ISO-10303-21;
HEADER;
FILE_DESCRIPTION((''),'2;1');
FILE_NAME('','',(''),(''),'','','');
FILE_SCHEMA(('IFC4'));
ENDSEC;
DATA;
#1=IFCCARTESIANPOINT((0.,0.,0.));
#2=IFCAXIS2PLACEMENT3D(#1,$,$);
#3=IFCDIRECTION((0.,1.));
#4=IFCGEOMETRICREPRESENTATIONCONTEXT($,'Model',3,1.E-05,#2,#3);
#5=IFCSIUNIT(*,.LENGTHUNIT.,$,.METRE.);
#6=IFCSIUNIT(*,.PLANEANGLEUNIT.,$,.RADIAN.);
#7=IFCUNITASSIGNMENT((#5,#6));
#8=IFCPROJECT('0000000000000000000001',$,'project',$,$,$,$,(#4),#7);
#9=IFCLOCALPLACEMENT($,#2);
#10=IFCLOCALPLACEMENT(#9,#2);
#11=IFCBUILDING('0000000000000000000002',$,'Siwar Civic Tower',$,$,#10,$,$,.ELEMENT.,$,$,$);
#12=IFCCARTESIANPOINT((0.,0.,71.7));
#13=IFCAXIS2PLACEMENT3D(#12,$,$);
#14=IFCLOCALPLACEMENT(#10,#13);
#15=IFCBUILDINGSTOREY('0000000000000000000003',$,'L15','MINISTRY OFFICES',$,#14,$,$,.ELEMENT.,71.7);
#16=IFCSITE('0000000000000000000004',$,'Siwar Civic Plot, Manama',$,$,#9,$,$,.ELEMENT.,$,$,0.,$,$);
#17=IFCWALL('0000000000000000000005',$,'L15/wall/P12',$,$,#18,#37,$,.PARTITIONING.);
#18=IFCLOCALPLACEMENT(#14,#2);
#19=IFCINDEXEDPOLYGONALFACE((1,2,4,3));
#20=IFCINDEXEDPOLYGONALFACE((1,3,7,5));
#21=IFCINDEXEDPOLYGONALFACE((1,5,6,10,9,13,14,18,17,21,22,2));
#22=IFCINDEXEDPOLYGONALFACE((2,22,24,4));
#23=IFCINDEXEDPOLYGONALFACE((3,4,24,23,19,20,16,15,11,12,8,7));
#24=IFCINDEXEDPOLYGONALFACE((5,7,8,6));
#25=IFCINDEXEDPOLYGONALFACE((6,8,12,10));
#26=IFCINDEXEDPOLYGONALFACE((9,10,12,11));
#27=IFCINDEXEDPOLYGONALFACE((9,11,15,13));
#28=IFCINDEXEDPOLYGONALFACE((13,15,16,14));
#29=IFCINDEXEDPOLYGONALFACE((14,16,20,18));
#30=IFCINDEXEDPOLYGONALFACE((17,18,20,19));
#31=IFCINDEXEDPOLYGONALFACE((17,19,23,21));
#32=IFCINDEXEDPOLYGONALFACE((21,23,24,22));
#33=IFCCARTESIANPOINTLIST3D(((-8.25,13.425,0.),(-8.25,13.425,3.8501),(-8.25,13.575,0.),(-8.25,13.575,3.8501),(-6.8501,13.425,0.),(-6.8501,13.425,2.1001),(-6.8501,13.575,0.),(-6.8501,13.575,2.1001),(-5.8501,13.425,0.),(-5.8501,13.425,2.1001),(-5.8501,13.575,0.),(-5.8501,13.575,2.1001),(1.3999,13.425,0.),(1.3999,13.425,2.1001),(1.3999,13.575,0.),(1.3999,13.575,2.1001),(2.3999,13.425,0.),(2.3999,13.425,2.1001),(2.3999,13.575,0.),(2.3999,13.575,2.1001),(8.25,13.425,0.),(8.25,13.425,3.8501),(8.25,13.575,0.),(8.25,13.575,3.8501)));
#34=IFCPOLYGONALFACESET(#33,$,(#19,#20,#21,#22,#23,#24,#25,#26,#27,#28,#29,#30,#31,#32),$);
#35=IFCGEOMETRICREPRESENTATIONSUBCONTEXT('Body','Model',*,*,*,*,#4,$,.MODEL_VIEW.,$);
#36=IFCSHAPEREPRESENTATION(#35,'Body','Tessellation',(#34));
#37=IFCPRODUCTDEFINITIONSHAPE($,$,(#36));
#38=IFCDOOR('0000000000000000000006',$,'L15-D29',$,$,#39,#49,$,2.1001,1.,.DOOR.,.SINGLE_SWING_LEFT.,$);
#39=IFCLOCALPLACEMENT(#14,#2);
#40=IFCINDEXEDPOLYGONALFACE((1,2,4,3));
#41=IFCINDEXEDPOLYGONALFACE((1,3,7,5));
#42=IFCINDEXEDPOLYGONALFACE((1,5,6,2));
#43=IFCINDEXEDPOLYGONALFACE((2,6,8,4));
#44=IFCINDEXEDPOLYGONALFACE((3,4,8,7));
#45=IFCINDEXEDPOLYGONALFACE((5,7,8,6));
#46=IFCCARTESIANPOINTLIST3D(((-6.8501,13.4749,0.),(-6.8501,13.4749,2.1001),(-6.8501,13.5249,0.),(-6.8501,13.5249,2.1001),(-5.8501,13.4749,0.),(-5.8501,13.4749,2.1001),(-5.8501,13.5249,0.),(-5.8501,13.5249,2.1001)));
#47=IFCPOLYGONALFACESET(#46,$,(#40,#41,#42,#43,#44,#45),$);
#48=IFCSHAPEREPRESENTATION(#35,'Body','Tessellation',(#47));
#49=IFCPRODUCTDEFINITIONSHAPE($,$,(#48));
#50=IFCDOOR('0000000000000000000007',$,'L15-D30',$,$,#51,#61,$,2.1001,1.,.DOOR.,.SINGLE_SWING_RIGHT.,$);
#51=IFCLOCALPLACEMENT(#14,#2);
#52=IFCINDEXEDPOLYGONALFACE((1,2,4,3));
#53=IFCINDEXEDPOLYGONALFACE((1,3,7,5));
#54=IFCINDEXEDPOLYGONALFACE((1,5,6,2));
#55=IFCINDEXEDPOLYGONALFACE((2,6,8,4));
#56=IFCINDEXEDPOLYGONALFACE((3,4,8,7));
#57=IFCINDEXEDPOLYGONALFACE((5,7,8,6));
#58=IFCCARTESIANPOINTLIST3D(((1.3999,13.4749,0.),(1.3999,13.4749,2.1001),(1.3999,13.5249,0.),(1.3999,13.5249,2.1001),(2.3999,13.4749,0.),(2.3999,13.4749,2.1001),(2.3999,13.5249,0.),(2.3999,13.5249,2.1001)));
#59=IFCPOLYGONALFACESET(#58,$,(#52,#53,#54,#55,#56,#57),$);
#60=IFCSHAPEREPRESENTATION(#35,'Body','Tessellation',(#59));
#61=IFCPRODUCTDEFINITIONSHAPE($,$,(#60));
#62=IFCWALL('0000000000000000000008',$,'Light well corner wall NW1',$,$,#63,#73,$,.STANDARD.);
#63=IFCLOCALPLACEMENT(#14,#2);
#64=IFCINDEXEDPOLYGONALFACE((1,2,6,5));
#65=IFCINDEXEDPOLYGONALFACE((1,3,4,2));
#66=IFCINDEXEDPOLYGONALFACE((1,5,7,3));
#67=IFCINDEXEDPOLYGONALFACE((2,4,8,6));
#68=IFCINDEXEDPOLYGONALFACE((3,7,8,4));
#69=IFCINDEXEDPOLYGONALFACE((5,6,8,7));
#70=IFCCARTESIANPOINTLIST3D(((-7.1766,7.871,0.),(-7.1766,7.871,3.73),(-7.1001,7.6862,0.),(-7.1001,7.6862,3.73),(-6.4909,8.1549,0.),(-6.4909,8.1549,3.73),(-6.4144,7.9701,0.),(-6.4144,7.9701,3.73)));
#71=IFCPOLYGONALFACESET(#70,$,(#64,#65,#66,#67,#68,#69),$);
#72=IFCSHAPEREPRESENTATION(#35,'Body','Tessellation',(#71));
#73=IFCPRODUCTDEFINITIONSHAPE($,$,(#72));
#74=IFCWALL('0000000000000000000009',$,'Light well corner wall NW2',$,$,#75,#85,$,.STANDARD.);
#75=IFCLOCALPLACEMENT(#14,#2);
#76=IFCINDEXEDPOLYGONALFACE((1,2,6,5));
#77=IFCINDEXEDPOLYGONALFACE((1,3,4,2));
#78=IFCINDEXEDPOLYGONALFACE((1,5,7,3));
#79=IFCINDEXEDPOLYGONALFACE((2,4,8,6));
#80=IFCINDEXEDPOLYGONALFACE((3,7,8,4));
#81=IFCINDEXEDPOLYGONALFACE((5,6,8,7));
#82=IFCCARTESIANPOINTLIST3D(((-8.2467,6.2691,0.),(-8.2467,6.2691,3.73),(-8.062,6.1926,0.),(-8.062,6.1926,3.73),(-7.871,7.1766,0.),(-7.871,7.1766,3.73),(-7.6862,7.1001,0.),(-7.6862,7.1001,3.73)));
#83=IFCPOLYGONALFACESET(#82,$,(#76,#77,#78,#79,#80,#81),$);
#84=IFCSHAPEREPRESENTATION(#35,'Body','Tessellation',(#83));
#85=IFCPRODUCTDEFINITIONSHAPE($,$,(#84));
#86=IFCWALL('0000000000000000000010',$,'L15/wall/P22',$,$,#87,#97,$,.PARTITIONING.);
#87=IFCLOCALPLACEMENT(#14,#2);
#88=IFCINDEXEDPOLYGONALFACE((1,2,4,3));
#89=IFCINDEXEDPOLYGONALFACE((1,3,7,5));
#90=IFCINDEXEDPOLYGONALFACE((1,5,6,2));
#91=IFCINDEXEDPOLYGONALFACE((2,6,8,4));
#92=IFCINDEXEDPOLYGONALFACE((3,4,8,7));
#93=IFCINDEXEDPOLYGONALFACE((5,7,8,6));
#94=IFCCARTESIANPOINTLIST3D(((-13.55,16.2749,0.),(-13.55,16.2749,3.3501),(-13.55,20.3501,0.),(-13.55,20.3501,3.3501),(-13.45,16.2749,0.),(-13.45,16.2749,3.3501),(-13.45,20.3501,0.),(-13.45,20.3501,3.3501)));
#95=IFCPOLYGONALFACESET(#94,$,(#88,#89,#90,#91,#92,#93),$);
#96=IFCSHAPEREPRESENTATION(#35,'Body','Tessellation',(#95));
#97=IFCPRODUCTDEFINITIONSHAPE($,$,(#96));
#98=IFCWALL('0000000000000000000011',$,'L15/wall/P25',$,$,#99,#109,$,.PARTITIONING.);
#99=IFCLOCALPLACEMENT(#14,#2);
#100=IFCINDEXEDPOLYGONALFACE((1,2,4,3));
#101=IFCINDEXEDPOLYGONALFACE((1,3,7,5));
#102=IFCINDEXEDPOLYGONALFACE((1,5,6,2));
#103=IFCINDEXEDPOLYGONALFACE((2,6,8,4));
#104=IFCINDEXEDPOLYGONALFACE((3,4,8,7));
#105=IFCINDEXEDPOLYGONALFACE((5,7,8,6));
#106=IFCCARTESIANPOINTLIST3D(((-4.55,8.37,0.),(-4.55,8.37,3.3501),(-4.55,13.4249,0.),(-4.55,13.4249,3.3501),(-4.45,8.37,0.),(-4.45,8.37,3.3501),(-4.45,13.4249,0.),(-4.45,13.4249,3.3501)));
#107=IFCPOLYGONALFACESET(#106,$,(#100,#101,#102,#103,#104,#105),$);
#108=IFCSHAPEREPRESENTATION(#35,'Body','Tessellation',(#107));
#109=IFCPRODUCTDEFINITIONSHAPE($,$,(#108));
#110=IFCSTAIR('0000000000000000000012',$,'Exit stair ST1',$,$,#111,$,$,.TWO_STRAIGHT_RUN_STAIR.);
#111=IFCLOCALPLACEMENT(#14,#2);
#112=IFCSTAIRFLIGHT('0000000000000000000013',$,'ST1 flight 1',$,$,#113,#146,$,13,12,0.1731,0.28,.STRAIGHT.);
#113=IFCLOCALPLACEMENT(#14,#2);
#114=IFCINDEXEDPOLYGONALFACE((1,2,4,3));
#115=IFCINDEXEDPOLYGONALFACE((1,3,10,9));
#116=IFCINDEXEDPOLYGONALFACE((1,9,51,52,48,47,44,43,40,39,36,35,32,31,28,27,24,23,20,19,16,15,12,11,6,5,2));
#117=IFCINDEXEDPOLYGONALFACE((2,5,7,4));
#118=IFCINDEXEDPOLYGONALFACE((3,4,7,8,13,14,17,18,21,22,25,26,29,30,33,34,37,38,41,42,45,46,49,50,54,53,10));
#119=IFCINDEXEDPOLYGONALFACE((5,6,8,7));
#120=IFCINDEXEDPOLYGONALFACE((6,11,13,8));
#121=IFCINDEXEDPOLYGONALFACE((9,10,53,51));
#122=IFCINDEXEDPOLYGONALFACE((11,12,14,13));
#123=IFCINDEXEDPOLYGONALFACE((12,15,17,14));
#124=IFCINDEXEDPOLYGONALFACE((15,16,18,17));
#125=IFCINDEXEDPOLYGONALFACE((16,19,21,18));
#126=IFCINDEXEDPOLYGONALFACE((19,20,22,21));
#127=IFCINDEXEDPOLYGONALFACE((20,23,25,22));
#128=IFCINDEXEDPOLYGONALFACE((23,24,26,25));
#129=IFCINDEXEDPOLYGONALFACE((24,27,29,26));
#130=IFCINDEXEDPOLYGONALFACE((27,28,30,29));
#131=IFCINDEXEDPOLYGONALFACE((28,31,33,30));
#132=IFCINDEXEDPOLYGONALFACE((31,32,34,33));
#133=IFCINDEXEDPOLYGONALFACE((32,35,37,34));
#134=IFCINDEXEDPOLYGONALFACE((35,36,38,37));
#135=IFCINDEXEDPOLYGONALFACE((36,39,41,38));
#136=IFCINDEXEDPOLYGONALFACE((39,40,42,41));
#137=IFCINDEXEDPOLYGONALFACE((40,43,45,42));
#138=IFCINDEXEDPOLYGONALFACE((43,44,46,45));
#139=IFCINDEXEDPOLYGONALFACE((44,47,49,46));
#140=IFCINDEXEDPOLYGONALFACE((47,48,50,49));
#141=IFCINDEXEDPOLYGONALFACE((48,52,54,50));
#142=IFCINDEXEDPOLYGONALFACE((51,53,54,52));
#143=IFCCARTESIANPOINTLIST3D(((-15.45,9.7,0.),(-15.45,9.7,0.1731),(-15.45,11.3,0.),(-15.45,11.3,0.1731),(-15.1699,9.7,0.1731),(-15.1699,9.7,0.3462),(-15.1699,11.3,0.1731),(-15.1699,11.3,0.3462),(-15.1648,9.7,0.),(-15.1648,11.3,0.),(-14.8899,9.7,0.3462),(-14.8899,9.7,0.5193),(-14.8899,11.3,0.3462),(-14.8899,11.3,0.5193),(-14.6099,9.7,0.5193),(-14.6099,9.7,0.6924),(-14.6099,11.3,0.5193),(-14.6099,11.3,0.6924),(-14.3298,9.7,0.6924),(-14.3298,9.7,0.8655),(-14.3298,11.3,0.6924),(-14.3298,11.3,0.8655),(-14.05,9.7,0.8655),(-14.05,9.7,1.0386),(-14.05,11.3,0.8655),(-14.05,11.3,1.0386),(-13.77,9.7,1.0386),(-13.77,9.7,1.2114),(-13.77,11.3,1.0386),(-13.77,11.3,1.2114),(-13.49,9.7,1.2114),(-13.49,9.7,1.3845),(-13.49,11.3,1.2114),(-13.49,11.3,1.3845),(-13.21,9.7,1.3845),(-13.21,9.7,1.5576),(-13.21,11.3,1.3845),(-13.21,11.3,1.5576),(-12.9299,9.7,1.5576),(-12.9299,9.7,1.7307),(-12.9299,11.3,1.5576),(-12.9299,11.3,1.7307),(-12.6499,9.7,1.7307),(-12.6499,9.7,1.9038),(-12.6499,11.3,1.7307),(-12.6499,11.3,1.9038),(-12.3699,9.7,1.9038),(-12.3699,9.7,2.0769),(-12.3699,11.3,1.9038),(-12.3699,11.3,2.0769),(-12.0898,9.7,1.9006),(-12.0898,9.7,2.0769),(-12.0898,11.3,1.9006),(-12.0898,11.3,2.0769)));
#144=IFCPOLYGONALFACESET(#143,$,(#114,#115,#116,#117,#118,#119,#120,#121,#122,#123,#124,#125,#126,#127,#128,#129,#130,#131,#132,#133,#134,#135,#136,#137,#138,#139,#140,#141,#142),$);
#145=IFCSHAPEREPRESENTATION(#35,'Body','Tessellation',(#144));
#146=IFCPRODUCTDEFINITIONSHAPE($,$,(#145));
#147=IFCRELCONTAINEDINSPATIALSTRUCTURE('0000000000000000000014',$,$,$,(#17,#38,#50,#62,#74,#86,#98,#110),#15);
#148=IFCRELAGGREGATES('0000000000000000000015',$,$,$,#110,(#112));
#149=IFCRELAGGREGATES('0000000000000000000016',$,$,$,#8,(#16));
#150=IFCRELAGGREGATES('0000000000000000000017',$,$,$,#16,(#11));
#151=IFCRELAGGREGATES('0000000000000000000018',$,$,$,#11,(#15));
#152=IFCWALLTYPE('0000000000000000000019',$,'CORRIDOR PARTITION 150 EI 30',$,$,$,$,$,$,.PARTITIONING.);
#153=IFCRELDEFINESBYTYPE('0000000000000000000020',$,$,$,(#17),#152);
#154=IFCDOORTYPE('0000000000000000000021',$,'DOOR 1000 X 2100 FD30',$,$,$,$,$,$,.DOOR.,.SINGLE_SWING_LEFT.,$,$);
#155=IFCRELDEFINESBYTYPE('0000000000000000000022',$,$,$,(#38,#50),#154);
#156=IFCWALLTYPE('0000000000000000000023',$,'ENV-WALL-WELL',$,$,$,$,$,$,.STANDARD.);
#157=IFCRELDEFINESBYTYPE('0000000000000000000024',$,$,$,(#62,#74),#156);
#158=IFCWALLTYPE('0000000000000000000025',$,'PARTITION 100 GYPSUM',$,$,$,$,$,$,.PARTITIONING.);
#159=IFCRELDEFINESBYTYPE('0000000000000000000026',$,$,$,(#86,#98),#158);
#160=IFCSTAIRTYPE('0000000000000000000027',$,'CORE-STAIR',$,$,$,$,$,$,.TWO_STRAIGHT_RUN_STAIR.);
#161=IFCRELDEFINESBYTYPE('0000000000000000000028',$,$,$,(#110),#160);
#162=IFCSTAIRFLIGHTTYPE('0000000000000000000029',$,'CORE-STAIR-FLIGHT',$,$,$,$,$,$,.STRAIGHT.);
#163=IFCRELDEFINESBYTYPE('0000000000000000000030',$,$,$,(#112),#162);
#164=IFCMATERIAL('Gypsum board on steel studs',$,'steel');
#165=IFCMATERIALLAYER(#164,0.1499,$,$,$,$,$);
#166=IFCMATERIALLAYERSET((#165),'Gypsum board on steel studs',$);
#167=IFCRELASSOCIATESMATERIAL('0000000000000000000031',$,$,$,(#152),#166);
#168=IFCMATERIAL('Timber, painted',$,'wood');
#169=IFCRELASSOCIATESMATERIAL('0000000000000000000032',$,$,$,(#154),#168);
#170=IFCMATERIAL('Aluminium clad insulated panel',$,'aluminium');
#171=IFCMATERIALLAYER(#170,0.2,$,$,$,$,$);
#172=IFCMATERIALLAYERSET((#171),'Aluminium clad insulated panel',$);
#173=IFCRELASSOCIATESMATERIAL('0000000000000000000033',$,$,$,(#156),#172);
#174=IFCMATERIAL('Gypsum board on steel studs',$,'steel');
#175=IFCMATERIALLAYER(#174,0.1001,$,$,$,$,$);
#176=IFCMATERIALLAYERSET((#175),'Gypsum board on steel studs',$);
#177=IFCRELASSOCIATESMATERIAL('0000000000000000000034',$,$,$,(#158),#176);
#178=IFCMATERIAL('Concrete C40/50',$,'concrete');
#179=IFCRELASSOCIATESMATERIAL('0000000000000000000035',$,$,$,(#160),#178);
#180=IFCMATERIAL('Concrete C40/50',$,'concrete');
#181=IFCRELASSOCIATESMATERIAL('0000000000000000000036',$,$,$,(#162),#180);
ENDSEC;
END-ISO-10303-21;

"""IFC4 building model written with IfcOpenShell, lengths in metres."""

from ifc_helpers import new_model, si_unit, direction, frame, frame_2d, origin, place, context, subcontext, project, spatial, polyline, rectangle, outline, extrude, material, layer, layer_set, type_object, element, fill, aggregate, save


model = new_model("IFC4")

# Units and contexts
model_context = context("Model", 3, precision=1e-05, world=origin(), true_north=direction((0.0, 1.0)))
body_context = subcontext(model_context, "Body", "Model", "MODEL_VIEW")
ifc_project = project(units=[si_unit("LENGTHUNIT", "METRE"), si_unit("PLANEANGLEUNIT", "RADIAN")], contexts=[model_context])

# Site, building, storey
site_placement = place(None, origin())
site = spatial("IfcSite", under=ifc_project, at=site_placement, Name="Siwar Civic Plot, Manama", CompositionType="ELEMENT", RefElevation=0.0)
building_placement = place(site_placement, origin())
building = spatial("IfcBuilding", under=site, at=building_placement, Name="Siwar Civic Tower", CompositionType="ELEMENT")
storey_placement = place(building_placement, frame((0.0, 0.0, 71.7)))
storey = spatial("IfcBuildingStorey", under=building, at=storey_placement, Name="L15", Description="MINISTRY OFFICES", CompositionType="ELEMENT", Elevation=71.7)

# Wall, openings, doors
ifc_material_1 = material(Name="Gypsum board on steel studs", Category="steel")
ifc_layer_1 = layer(ifc_material_1, 0.1499)
ifc_layer_set_1 = layer_set([ifc_layer_1], Name="Gypsum board on steel studs")
wall_type_1 = type_object("IfcWallType", Name="CORRIDOR PARTITION 150 EI 30", PredefinedType="PARTITIONING", material=ifc_layer_set_1)
wall_1_placement = place(storey_placement, frame((-8.25, 13.5, 0.0), z_axis=(0.0, 0.0, 1.0), x_axis=(1.0, 0.0, 0.0)))
wall_1 = element("IfcWall", 1, at=wall_1_placement, inside=storey, type_object=wall_type_1, Name="L15/wall/P12", PredefinedType="PARTITIONING", context=body_context, shape_type="SweptSolid", body=[
    extrude(rectangle(XDim=16.5, YDim=0.1499, at=frame_2d((8.25, 0.0))), origin(), (0.0, 0.0, 1.0), 3.8501),
])
opening_1_placement = place(wall_1_placement, frame((1.3999, 0.0, 0.0)))
opening_1 = element("IfcOpeningElement", 2, at=opening_1_placement, cuts=wall_1, PredefinedType="OPENING", context=body_context, shape_type="SweptSolid", body=[
    extrude(rectangle(XDim=1.0, YDim=2.1001, at=frame_2d((0.5, 1.05))), frame((0.0, 0.085, 0.0), z_axis=(0.0, -1.0, 0.0), x_axis=(1.0, 0.0, 0.0)), (0.0, 0.0, 1.0), 0.1699),
])
opening_2_placement = place(wall_1_placement, frame((9.6499, 0.0, 0.0)))
opening_2 = element("IfcOpeningElement", 3, at=opening_2_placement, cuts=wall_1, PredefinedType="OPENING", context=body_context, shape_type="SweptSolid", body=[
    extrude(rectangle(XDim=1.0, YDim=2.1001, at=frame_2d((0.5, 1.05))), frame((0.0, 0.085, 0.0), z_axis=(0.0, -1.0, 0.0), x_axis=(1.0, 0.0, 0.0)), (0.0, 0.0, 1.0), 0.1699),
])
ifc_material_2 = material(Name="Timber, painted", Category="wood")
door_type_1 = type_object("IfcDoorType", Name="DOOR 1000 X 2100 FD30", OperationType="SINGLE_SWING_LEFT", PredefinedType="DOOR", material=ifc_material_2)
door_1_placement = place(opening_1_placement, origin())
door_1 = element("IfcDoor", 4, at=door_1_placement, inside=storey, type_object=door_type_1, Name="L15-D29", OperationType="SINGLE_SWING_LEFT", OverallHeight=2.1001, OverallWidth=1.0, PredefinedType="DOOR", context=body_context, shape_type="SweptSolid", body=[
    extrude(rectangle(XDim=1.0, YDim=2.1001, at=frame_2d((0.5, 1.05))), frame((0.0, 0.0249, 0.0), z_axis=(0.0, -1.0, 0.0), x_axis=(1.0, 0.0, 0.0)), (0.0, 0.0, 1.0), 0.05),
])
fill(opening_1, door_1)
door_2_placement = place(opening_2_placement, origin())
door_2 = element("IfcDoor", 5, at=door_2_placement, inside=storey, type_object=door_type_1, Name="L15-D30", OperationType="SINGLE_SWING_RIGHT", OverallHeight=2.1001, OverallWidth=1.0, PredefinedType="DOOR", context=body_context, shape_type="SweptSolid", body=[
    extrude(rectangle(XDim=1.0, YDim=2.1001, at=frame_2d((0.5, 1.05))), frame((0.0, 0.0249, 0.0), z_axis=(0.0, -1.0, 0.0), x_axis=(1.0, 0.0, 0.0)), (0.0, 0.0, 1.0), 0.05),
])
fill(opening_2, door_2)

# Walls
ifc_material_3 = material(Name="Aluminium clad insulated panel", Category="aluminium")
ifc_layer_2 = layer(ifc_material_3, 0.2)
ifc_layer_set_2 = layer_set([ifc_layer_2], Name="Aluminium clad insulated panel")
wall_type_2 = type_object("IfcWallType", Name="ENV-WALL-WELL", PredefinedType="STANDARD", material=ifc_layer_set_2)
wall_2_placement = place(storey_placement, frame((-6.4526, 8.0625, 0.0), z_axis=(0.0, 0.0, 1.0), x_axis=(-0.923941, -0.382536, 0.0)))
element("IfcWall", 6, at=wall_2_placement, inside=storey, type_object=wall_type_2, Name="Light well corner wall NW1", PredefinedType="STANDARD", context=body_context, shape_type="SweptSolid", body=[
    extrude(rectangle(XDim=0.7422, YDim=0.2, at=frame_2d((0.3711, 0.0))), origin(), (0.0, 0.0, 1.0), 3.73),
])
wall_3_placement = place(storey_placement, frame((-7.7786, 7.1384, 0.0), z_axis=(0.0, 0.0, 1.0), x_axis=(-0.382549, -0.923935, 0.0)))
element("IfcWall", 7, at=wall_3_placement, inside=storey, type_object=wall_type_2, Name="Light well corner wall NW2", PredefinedType="STANDARD", context=body_context, shape_type="SweptSolid", body=[
    extrude(rectangle(XDim=0.9822, YDim=0.2, at=frame_2d((0.4912, 0.0))), origin(), (0.0, 0.0, 1.0), 3.73),
])
ifc_material_4 = material(Name="Gypsum board on steel studs", Category="steel")
ifc_layer_3 = layer(ifc_material_4, 0.1001)
ifc_layer_set_3 = layer_set([ifc_layer_3], Name="Gypsum board on steel studs")
wall_type_3 = type_object("IfcWallType", Name="PARTITION 100 GYPSUM", PredefinedType="PARTITIONING", material=ifc_layer_set_3)
wall_4_placement = place(storey_placement, frame((-13.5, 16.2749, 0.0), z_axis=(0.0, 0.0, 1.0), x_axis=(0.0, 1.0, 0.0)))
element("IfcWall", 8, at=wall_4_placement, inside=storey, type_object=wall_type_3, Name="L15/wall/P22", PredefinedType="PARTITIONING", context=body_context, shape_type="SweptSolid", body=[
    extrude(rectangle(XDim=4.0752, YDim=0.1001, at=frame_2d((2.0376, 0.0))), origin(), (0.0, 0.0, 1.0), 3.3501),
])
wall_5_placement = place(storey_placement, frame((-4.5, 8.3701, 0.0), z_axis=(0.0, 0.0, 1.0), x_axis=(0.0, 1.0, 0.0)))
element("IfcWall", 9, at=wall_5_placement, inside=storey, type_object=wall_type_3, Name="L15/wall/P25", PredefinedType="PARTITIONING", context=body_context, shape_type="SweptSolid", body=[
    extrude(rectangle(XDim=5.0549, YDim=0.1001, at=frame_2d((2.5273, 0.0))), origin(), (0.0, 0.0, 1.0), 3.3501),
])

# Stair, stair flight
ifc_material_5 = material(Name="Concrete C40/50", Category="concrete")
stair_type = type_object("IfcStairType", Name="CORE-STAIR", PredefinedType="TWO_STRAIGHT_RUN_STAIR", material=ifc_material_5)
stair_placement = place(storey_placement, origin())
stair = element("IfcStair", 10, at=stair_placement, inside=storey, type_object=stair_type, Name="Exit stair ST1", PredefinedType="TWO_STRAIGHT_RUN_STAIR")
ifc_material_6 = material(Name="Concrete C40/50", Category="concrete")
stair_flight_type = type_object("IfcStairFlightType", Name="CORE-STAIR-FLIGHT", PredefinedType="STRAIGHT", material=ifc_material_6)
stair_flight_1_placement = place(storey_placement, frame((-15.45, 10.5, 0.0), z_axis=(0.0, 0.0, 1.0), x_axis=(1.0, 0.0, 0.0)))
stair_flight_1 = element("IfcStairFlight", 11, at=stair_flight_1_placement, type_object=stair_flight_type, Name="ST1 flight 1", NumberOfRisers=13, NumberOfTreads=12, PredefinedType="STRAIGHT", RiserHeight=0.1731, TreadLength=0.28, context=body_context, shape_type="SweptSolid", body=[
    extrude(outline(polyline([(0.0, 0.0), (0.0, 0.1731), (0.28, 0.1731), (0.28, 0.3462), (0.5601, 0.3462), (0.5601, 0.5193), (0.8401, 0.5193), (0.8401, 0.6924), (1.1201, 0.6924), (1.1201, 0.8655), (1.3999, 0.8655), (1.3999, 1.0386), (1.6799, 1.0386), (1.6799, 1.2114), (1.96, 1.2114), (1.96, 1.3845), (2.24, 1.3845), (2.24, 1.5576), (2.52, 1.5576), (2.52, 1.7307), (2.8, 1.7307), (2.8, 1.9038), (3.0801, 1.9038), (3.0801, 2.0769), (3.3601, 2.0769), (3.3601, 2.25), (3.3601, 1.9006), (0.2852, 0.0), (0.0, 0.0)])), frame((0.0, 0.8, 0.0), z_axis=(0.0, -1.0, 0.0), x_axis=(1.0, 0.0, 0.0)), (0.0, 0.0, 1.0), 1.6001),
])
aggregate(stair, [stair_flight_1])

save(model, "model.ifc")
